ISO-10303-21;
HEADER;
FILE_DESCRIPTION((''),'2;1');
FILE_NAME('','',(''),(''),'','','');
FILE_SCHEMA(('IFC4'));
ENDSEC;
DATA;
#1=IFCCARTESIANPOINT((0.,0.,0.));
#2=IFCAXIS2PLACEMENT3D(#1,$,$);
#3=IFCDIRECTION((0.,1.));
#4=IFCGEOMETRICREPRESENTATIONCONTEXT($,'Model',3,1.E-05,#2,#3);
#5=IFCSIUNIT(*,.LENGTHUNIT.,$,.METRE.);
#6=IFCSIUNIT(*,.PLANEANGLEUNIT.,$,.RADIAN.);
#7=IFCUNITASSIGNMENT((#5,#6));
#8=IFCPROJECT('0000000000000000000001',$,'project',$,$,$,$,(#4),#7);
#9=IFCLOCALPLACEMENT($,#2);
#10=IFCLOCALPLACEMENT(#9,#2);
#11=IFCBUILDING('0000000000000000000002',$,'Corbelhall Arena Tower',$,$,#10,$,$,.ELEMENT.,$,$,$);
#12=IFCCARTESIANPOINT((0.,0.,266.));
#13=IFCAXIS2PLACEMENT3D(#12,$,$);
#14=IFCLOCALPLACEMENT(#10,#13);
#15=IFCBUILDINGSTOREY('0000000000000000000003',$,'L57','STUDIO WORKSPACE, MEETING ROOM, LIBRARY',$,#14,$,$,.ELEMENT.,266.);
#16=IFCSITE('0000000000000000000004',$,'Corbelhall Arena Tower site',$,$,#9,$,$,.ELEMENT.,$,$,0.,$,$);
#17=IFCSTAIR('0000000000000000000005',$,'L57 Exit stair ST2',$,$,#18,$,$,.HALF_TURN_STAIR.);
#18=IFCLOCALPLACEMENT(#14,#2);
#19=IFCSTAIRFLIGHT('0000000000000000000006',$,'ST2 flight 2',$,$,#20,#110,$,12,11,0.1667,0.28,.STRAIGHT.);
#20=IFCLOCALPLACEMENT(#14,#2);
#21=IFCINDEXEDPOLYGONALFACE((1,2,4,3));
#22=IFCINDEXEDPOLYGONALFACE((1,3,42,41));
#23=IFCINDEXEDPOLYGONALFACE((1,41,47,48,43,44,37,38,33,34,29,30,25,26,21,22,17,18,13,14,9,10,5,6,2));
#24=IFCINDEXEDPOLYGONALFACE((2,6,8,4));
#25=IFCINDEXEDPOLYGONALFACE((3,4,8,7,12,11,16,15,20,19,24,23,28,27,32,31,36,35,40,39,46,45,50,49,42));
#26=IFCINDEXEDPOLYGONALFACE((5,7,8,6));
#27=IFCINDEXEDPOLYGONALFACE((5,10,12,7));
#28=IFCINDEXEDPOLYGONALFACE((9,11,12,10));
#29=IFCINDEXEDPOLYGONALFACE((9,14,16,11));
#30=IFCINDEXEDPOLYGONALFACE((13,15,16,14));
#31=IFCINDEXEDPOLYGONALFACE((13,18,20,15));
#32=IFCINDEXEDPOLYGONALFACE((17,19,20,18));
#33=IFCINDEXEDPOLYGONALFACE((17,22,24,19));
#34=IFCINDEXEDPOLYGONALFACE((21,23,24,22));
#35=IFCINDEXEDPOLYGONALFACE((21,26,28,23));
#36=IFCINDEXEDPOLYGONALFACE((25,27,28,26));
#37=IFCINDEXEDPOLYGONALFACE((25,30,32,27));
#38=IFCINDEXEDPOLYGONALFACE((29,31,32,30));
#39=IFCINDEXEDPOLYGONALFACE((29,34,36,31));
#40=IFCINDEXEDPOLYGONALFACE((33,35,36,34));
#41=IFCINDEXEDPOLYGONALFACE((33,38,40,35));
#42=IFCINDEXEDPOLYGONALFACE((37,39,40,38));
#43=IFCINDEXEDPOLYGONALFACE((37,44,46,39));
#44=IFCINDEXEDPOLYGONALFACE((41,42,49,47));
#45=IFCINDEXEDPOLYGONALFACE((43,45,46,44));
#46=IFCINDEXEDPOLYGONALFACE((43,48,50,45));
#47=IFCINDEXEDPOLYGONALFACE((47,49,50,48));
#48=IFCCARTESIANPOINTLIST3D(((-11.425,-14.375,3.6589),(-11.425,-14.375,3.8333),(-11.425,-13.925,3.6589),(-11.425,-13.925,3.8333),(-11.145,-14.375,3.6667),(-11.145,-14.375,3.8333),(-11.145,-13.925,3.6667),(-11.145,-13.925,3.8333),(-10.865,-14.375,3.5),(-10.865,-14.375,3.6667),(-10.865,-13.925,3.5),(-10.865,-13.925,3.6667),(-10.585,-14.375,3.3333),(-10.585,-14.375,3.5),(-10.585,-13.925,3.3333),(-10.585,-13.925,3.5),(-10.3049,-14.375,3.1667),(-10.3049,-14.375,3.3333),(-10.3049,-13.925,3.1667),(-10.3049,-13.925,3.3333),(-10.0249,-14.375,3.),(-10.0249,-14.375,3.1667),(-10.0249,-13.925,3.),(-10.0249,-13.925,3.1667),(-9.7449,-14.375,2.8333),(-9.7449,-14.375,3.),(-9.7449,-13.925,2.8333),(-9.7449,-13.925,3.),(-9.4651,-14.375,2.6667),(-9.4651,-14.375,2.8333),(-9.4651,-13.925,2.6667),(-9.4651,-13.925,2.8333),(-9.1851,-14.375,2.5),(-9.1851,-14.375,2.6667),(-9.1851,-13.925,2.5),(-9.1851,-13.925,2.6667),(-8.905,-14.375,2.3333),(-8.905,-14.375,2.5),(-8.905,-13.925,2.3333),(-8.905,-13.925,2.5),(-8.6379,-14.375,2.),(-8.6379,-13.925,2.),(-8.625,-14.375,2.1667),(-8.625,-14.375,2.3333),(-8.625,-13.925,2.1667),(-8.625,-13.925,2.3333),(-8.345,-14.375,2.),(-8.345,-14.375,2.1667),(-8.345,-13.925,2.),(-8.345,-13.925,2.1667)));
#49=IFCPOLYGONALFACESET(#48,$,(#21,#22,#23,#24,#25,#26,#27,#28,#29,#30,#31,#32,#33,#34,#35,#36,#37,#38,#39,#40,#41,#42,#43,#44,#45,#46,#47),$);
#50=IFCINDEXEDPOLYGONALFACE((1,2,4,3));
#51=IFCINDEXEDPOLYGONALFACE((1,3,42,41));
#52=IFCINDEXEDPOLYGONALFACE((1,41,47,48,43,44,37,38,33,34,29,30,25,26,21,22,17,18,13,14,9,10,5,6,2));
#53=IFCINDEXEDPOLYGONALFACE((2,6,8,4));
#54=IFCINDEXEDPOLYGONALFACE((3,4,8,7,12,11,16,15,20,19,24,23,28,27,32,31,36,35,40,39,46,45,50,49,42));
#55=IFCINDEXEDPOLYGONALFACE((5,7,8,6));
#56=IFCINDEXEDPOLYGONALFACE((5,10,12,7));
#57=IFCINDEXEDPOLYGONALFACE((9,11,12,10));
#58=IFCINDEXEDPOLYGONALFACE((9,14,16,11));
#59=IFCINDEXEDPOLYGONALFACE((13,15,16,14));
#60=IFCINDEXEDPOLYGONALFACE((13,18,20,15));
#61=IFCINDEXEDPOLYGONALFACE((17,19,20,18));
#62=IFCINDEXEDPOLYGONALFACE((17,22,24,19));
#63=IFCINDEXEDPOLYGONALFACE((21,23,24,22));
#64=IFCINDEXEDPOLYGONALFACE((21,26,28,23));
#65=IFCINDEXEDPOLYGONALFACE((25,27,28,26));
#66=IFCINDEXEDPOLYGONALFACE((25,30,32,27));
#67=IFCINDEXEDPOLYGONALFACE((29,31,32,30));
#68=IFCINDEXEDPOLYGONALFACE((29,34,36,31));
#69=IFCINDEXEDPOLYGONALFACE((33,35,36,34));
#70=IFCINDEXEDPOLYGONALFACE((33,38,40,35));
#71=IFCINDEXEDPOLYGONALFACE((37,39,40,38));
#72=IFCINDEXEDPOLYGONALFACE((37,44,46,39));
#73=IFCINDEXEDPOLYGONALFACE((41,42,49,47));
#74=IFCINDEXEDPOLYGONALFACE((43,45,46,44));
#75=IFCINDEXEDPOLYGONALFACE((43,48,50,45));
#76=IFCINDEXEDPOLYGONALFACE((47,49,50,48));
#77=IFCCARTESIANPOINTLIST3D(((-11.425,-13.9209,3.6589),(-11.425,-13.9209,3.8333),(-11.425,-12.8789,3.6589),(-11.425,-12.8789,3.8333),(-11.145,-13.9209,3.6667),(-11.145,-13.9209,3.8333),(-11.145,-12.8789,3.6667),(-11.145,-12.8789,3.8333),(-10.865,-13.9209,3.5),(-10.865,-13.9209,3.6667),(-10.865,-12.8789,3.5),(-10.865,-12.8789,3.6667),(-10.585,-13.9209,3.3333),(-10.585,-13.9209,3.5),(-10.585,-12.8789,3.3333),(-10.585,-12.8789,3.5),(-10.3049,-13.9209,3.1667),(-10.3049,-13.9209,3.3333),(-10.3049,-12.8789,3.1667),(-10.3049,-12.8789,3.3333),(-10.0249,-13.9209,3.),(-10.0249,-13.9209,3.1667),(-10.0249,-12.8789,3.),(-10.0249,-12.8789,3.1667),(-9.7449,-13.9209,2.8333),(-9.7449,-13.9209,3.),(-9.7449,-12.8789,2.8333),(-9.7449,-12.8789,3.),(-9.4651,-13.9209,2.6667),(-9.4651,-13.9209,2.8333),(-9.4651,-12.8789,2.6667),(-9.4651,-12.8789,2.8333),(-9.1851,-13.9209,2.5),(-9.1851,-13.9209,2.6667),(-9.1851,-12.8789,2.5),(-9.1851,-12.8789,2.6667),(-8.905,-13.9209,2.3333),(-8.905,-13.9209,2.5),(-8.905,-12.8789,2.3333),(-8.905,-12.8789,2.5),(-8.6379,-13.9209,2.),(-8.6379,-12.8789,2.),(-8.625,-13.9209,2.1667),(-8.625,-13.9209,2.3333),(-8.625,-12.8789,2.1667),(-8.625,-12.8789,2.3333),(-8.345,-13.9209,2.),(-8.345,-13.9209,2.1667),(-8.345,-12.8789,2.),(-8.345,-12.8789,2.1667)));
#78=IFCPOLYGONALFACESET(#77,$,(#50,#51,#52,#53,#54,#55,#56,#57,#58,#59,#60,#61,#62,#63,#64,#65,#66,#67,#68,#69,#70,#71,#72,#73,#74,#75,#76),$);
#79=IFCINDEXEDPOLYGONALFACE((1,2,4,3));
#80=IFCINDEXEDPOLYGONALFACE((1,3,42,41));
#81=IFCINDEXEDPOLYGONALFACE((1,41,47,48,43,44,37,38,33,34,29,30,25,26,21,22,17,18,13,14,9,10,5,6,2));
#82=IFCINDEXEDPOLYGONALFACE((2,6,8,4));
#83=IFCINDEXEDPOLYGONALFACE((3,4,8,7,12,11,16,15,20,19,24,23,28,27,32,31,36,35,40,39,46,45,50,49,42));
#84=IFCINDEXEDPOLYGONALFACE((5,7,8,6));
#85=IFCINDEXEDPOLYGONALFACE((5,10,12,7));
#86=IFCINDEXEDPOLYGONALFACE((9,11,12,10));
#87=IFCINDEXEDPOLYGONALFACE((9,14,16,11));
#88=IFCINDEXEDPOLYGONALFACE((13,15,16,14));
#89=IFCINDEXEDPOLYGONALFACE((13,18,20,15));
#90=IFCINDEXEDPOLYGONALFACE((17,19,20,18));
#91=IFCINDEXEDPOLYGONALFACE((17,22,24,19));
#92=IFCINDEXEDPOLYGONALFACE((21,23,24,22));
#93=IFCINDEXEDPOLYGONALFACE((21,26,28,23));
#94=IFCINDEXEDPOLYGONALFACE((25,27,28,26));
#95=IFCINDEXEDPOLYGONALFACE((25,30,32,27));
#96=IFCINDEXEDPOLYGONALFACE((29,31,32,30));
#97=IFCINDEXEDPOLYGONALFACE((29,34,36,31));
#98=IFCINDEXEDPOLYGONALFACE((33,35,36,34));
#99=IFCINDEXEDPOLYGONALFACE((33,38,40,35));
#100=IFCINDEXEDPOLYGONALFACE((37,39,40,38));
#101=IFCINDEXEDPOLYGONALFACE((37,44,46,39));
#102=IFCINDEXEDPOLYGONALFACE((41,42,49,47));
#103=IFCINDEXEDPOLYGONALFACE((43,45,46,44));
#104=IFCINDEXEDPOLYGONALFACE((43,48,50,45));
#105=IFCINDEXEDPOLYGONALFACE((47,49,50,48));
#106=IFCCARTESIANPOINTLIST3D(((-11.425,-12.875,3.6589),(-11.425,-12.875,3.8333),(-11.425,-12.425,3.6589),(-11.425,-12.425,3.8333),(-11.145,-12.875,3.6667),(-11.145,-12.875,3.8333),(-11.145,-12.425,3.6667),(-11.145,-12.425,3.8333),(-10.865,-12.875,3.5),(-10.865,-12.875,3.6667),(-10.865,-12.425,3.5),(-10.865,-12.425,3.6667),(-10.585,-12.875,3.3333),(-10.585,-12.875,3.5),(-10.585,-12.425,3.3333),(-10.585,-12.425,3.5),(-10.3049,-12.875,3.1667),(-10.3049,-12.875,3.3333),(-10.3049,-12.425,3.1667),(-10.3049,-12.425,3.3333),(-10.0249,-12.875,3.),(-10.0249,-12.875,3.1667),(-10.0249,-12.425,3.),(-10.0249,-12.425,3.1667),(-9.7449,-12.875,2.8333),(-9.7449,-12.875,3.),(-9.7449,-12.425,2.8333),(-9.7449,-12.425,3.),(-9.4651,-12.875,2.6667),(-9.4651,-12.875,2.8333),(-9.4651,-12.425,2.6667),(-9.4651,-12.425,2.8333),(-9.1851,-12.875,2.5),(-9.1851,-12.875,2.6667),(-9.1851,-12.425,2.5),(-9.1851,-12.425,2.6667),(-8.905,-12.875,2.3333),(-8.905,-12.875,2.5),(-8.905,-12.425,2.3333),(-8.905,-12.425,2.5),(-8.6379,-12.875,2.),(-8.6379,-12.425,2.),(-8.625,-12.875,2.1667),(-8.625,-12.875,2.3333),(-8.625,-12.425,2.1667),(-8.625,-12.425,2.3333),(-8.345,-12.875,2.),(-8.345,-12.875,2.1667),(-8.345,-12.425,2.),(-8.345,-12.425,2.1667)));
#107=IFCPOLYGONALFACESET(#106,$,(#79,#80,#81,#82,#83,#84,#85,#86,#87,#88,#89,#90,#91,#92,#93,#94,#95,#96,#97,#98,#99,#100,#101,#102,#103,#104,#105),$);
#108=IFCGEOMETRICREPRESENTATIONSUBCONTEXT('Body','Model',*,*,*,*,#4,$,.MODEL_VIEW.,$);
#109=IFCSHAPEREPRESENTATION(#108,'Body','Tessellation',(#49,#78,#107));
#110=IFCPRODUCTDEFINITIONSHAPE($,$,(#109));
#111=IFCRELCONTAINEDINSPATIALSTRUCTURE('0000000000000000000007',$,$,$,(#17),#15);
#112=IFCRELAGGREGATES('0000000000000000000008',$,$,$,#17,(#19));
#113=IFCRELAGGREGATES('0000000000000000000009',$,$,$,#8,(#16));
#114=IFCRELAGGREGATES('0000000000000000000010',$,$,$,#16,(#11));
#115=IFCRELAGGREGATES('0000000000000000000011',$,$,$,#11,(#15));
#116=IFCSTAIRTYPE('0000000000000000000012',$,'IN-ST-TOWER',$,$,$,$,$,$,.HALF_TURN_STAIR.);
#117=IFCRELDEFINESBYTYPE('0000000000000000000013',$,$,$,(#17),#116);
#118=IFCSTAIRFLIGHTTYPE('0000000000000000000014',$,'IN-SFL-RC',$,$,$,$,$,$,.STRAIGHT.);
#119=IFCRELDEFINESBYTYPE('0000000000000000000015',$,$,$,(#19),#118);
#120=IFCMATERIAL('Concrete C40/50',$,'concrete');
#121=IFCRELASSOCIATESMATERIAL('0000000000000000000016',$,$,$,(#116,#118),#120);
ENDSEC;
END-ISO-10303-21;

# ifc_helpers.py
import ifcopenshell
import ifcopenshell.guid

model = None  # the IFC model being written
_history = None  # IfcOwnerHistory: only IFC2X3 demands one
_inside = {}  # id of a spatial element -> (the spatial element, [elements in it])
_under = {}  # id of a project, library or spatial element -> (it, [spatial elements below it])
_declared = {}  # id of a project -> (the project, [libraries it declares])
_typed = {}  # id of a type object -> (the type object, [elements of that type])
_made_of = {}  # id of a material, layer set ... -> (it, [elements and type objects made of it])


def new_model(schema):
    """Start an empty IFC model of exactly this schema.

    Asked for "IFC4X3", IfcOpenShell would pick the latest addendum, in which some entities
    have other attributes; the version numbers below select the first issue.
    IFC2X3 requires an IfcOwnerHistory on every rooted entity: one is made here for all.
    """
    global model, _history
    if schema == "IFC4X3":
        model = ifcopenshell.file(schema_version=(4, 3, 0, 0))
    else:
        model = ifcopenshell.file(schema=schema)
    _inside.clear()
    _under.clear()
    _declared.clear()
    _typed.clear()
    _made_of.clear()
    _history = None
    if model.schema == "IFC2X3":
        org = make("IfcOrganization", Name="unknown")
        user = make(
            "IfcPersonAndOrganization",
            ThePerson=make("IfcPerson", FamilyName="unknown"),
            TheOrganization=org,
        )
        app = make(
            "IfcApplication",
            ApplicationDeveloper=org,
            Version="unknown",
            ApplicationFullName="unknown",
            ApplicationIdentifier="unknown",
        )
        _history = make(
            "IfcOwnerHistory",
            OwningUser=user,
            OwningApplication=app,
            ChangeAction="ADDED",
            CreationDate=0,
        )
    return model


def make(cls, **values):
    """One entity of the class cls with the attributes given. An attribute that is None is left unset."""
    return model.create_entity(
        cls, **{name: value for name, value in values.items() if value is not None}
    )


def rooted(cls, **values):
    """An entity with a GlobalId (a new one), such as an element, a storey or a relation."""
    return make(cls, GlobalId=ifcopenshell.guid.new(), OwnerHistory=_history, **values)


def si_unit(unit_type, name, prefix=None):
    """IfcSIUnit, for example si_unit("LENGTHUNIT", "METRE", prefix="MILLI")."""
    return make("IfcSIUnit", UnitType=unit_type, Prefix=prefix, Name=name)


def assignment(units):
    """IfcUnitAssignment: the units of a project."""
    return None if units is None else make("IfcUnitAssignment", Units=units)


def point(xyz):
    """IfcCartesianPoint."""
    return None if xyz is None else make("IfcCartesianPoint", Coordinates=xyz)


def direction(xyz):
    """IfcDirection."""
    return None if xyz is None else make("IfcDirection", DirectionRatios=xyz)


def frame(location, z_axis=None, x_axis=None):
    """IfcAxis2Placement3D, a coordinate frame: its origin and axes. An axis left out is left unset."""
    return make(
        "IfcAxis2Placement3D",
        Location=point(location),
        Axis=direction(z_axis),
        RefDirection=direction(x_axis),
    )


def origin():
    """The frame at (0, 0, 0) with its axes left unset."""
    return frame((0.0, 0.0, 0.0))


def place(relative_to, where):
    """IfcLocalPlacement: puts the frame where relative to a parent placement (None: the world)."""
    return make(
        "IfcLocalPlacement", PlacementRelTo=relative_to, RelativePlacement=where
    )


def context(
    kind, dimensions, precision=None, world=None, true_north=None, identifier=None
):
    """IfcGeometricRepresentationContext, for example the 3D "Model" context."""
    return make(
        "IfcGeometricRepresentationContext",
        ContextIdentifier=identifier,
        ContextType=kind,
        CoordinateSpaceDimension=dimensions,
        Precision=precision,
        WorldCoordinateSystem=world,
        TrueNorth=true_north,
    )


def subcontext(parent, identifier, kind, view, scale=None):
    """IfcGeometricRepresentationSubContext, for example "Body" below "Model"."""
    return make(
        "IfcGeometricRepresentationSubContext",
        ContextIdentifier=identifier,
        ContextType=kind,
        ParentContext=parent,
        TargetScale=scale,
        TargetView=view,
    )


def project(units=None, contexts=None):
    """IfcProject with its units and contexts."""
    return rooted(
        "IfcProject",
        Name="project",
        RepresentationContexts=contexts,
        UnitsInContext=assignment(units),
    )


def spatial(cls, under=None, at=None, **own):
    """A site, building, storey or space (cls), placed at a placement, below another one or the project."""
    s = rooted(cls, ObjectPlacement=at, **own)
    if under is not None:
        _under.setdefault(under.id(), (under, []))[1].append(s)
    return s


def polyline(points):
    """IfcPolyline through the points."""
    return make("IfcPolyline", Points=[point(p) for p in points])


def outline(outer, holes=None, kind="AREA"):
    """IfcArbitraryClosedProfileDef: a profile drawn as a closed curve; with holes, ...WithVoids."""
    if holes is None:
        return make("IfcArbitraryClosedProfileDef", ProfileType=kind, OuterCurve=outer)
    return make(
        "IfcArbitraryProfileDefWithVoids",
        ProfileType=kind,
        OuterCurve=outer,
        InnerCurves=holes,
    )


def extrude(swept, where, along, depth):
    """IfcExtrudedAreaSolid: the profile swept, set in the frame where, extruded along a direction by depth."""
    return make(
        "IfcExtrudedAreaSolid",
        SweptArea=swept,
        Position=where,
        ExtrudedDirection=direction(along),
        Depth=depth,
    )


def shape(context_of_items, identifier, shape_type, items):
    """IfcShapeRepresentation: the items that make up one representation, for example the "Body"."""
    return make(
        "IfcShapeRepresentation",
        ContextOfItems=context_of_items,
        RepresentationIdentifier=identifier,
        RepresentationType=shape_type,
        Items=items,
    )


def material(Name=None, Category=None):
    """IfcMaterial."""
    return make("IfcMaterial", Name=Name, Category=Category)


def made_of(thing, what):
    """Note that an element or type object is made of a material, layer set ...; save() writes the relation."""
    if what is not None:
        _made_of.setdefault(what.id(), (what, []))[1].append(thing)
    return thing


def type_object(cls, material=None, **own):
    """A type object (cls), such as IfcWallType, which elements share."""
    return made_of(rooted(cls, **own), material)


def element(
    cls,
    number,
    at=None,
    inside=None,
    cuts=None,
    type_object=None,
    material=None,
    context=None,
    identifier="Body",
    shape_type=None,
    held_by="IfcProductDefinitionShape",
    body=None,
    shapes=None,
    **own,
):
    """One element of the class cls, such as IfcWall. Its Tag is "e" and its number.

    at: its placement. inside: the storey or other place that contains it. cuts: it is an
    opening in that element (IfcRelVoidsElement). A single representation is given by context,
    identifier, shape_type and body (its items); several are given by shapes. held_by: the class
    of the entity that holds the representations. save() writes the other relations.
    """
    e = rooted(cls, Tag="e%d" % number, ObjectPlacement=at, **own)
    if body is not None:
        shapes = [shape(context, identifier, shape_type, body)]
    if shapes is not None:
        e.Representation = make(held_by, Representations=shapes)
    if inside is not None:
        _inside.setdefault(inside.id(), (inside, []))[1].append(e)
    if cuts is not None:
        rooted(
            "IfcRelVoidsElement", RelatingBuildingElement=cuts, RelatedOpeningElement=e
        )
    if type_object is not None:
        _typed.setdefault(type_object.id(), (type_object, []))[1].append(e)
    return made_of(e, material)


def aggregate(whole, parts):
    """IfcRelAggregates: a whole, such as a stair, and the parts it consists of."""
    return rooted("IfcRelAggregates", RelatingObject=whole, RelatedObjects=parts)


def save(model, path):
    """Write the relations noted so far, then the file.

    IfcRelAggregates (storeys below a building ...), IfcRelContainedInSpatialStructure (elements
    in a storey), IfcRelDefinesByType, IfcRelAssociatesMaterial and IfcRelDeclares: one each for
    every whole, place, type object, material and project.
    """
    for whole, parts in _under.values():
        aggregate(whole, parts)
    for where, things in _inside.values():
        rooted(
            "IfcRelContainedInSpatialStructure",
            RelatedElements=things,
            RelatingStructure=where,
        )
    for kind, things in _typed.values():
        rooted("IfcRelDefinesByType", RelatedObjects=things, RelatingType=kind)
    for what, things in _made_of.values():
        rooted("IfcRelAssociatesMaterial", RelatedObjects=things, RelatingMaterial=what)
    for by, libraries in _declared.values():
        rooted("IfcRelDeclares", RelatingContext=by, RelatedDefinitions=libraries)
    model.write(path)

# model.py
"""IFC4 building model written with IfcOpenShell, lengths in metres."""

from ifc_helpers import new_model, si_unit, direction, frame, origin, place, context, subcontext, project, spatial, polyline, outline, extrude, material, type_object, element, aggregate, save


model = new_model("IFC4")

# Units and contexts
model_context = context("Model", 3, precision=1e-05, world=origin(), true_north=direction((0.0, 1.0)))
body_context = subcontext(model_context, "Body", "Model", "MODEL_VIEW")
ifc_project = project(units=[si_unit("LENGTHUNIT", "METRE"), si_unit("PLANEANGLEUNIT", "RADIAN")], contexts=[model_context])

# Site, building, storey
site_placement = place(None, origin())
site = spatial("IfcSite", under=ifc_project, at=site_placement, Name="Corbelhall Arena Tower site", CompositionType="ELEMENT", RefElevation=0.0)
building_placement = place(site_placement, origin())
building = spatial("IfcBuilding", under=site, at=building_placement, Name="Corbelhall Arena Tower", CompositionType="ELEMENT")
storey_placement = place(building_placement, frame((0.0, 0.0, 266.0)))
storey = spatial("IfcBuildingStorey", under=building, at=storey_placement, Name="L57", Description="STUDIO WORKSPACE, MEETING ROOM, LIBRARY", CompositionType="ELEMENT", Elevation=266.0)

# Shared definitions
ifc_material_1 = material(Name="Concrete C40/50", Category="concrete")

# Stair, stair flight
stair_type = type_object("IfcStairType", Name="IN-ST-TOWER", PredefinedType="HALF_TURN_STAIR", material=ifc_material_1)
stair_placement = place(storey_placement, origin())
stair = element("IfcStair", 1, at=stair_placement, inside=storey, type_object=stair_type, Name="L57 Exit stair ST2", PredefinedType="HALF_TURN_STAIR")
stair_flight_type = type_object("IfcStairFlightType", Name="IN-SFL-RC", PredefinedType="STRAIGHT", material=ifc_material_1)
stair_flight_1_placement = place(storey_placement, frame((-8.345, -13.3999, 2.0), z_axis=(0.0, 0.0, 1.0), x_axis=(-1.0, 0.0, 0.0)))
stair_flight_1 = element("IfcStairFlight", 2, at=stair_flight_1_placement, type_object=stair_flight_type, Name="ST2 flight 2", NumberOfRisers=12, NumberOfTreads=11, PredefinedType="STRAIGHT", RiserHeight=0.1667, TreadLength=0.28, context=body_context, shape_type="SweptSolid", body=[
    extrude(outline(polyline([(0.0, 0.0), (0.0, 0.1667), (0.28, 0.1667), (0.28, 0.3333), (0.5601, 0.3333), (0.5601, 0.5), (0.8401, 0.5), (0.8401, 0.6667), (1.1201, 0.6667), (1.1201, 0.8333), (1.3999, 0.8333), (1.3999, 1.0), (1.6799, 1.0), (1.6799, 1.1667), (1.96, 1.1667), (1.96, 1.3333), (2.24, 1.3333), (2.24, 1.5), (2.52, 1.5), (2.52, 1.6667), (2.8, 1.6667), (2.8, 1.8333), (3.0801, 1.8333), (3.0801, 2.0), (3.0801, 1.6589), (0.293, 0.0), (0.0, 0.0)])), frame((0.0, 0.9751, 0.0), z_axis=(0.0, -1.0, 0.0), x_axis=(1.0, 0.0, 0.0)), (0.0, 0.0, 1.0), 0.45),
    extrude(outline(polyline([(0.0, 0.0), (0.0, 0.1667), (0.28, 0.1667), (0.28, 0.3333), (0.5601, 0.3333), (0.5601, 0.5), (0.8401, 0.5), (0.8401, 0.6667), (1.1201, 0.6667), (1.1201, 0.8333), (1.3999, 0.8333), (1.3999, 1.0), (1.6799, 1.0), (1.6799, 1.1667), (1.96, 1.1667), (1.96, 1.3333), (2.24, 1.3333), (2.24, 1.5), (2.52, 1.5), (2.52, 1.6667), (2.8, 1.6667), (2.8, 1.8333), (3.0801, 1.8333), (3.0801, 2.0), (3.0801, 1.6589), (0.293, 0.0), (0.0, 0.0)])), frame((0.0, 0.521, 0.0), z_axis=(0.0, -1.0, 0.0), x_axis=(1.0, 0.0, 0.0)), (0.0, 0.0, 1.0), 1.042),
    extrude(outline(polyline([(0.0, 0.0), (0.0, 0.1667), (0.28, 0.1667), (0.28, 0.3333), (0.5601, 0.3333), (0.5601, 0.5), (0.8401, 0.5), (0.8401, 0.6667), (1.1201, 0.6667), (1.1201, 0.8333), (1.3999, 0.8333), (1.3999, 1.0), (1.6799, 1.0), (1.6799, 1.1667), (1.96, 1.1667), (1.96, 1.3333), (2.24, 1.3333), (2.24, 1.5), (2.52, 1.5), (2.52, 1.6667), (2.8, 1.6667), (2.8, 1.8333), (3.0801, 1.8333), (3.0801, 2.0), (3.0801, 1.6589), (0.293, 0.0), (0.0, 0.0)])), frame((0.0, -0.5249, 0.0), z_axis=(0.0, -1.0, 0.0), x_axis=(1.0, 0.0, 0.0)), (0.0, 0.0, 1.0), 0.45),
])
aggregate(stair, [stair_flight_1])

save(model, "model.ifc")
